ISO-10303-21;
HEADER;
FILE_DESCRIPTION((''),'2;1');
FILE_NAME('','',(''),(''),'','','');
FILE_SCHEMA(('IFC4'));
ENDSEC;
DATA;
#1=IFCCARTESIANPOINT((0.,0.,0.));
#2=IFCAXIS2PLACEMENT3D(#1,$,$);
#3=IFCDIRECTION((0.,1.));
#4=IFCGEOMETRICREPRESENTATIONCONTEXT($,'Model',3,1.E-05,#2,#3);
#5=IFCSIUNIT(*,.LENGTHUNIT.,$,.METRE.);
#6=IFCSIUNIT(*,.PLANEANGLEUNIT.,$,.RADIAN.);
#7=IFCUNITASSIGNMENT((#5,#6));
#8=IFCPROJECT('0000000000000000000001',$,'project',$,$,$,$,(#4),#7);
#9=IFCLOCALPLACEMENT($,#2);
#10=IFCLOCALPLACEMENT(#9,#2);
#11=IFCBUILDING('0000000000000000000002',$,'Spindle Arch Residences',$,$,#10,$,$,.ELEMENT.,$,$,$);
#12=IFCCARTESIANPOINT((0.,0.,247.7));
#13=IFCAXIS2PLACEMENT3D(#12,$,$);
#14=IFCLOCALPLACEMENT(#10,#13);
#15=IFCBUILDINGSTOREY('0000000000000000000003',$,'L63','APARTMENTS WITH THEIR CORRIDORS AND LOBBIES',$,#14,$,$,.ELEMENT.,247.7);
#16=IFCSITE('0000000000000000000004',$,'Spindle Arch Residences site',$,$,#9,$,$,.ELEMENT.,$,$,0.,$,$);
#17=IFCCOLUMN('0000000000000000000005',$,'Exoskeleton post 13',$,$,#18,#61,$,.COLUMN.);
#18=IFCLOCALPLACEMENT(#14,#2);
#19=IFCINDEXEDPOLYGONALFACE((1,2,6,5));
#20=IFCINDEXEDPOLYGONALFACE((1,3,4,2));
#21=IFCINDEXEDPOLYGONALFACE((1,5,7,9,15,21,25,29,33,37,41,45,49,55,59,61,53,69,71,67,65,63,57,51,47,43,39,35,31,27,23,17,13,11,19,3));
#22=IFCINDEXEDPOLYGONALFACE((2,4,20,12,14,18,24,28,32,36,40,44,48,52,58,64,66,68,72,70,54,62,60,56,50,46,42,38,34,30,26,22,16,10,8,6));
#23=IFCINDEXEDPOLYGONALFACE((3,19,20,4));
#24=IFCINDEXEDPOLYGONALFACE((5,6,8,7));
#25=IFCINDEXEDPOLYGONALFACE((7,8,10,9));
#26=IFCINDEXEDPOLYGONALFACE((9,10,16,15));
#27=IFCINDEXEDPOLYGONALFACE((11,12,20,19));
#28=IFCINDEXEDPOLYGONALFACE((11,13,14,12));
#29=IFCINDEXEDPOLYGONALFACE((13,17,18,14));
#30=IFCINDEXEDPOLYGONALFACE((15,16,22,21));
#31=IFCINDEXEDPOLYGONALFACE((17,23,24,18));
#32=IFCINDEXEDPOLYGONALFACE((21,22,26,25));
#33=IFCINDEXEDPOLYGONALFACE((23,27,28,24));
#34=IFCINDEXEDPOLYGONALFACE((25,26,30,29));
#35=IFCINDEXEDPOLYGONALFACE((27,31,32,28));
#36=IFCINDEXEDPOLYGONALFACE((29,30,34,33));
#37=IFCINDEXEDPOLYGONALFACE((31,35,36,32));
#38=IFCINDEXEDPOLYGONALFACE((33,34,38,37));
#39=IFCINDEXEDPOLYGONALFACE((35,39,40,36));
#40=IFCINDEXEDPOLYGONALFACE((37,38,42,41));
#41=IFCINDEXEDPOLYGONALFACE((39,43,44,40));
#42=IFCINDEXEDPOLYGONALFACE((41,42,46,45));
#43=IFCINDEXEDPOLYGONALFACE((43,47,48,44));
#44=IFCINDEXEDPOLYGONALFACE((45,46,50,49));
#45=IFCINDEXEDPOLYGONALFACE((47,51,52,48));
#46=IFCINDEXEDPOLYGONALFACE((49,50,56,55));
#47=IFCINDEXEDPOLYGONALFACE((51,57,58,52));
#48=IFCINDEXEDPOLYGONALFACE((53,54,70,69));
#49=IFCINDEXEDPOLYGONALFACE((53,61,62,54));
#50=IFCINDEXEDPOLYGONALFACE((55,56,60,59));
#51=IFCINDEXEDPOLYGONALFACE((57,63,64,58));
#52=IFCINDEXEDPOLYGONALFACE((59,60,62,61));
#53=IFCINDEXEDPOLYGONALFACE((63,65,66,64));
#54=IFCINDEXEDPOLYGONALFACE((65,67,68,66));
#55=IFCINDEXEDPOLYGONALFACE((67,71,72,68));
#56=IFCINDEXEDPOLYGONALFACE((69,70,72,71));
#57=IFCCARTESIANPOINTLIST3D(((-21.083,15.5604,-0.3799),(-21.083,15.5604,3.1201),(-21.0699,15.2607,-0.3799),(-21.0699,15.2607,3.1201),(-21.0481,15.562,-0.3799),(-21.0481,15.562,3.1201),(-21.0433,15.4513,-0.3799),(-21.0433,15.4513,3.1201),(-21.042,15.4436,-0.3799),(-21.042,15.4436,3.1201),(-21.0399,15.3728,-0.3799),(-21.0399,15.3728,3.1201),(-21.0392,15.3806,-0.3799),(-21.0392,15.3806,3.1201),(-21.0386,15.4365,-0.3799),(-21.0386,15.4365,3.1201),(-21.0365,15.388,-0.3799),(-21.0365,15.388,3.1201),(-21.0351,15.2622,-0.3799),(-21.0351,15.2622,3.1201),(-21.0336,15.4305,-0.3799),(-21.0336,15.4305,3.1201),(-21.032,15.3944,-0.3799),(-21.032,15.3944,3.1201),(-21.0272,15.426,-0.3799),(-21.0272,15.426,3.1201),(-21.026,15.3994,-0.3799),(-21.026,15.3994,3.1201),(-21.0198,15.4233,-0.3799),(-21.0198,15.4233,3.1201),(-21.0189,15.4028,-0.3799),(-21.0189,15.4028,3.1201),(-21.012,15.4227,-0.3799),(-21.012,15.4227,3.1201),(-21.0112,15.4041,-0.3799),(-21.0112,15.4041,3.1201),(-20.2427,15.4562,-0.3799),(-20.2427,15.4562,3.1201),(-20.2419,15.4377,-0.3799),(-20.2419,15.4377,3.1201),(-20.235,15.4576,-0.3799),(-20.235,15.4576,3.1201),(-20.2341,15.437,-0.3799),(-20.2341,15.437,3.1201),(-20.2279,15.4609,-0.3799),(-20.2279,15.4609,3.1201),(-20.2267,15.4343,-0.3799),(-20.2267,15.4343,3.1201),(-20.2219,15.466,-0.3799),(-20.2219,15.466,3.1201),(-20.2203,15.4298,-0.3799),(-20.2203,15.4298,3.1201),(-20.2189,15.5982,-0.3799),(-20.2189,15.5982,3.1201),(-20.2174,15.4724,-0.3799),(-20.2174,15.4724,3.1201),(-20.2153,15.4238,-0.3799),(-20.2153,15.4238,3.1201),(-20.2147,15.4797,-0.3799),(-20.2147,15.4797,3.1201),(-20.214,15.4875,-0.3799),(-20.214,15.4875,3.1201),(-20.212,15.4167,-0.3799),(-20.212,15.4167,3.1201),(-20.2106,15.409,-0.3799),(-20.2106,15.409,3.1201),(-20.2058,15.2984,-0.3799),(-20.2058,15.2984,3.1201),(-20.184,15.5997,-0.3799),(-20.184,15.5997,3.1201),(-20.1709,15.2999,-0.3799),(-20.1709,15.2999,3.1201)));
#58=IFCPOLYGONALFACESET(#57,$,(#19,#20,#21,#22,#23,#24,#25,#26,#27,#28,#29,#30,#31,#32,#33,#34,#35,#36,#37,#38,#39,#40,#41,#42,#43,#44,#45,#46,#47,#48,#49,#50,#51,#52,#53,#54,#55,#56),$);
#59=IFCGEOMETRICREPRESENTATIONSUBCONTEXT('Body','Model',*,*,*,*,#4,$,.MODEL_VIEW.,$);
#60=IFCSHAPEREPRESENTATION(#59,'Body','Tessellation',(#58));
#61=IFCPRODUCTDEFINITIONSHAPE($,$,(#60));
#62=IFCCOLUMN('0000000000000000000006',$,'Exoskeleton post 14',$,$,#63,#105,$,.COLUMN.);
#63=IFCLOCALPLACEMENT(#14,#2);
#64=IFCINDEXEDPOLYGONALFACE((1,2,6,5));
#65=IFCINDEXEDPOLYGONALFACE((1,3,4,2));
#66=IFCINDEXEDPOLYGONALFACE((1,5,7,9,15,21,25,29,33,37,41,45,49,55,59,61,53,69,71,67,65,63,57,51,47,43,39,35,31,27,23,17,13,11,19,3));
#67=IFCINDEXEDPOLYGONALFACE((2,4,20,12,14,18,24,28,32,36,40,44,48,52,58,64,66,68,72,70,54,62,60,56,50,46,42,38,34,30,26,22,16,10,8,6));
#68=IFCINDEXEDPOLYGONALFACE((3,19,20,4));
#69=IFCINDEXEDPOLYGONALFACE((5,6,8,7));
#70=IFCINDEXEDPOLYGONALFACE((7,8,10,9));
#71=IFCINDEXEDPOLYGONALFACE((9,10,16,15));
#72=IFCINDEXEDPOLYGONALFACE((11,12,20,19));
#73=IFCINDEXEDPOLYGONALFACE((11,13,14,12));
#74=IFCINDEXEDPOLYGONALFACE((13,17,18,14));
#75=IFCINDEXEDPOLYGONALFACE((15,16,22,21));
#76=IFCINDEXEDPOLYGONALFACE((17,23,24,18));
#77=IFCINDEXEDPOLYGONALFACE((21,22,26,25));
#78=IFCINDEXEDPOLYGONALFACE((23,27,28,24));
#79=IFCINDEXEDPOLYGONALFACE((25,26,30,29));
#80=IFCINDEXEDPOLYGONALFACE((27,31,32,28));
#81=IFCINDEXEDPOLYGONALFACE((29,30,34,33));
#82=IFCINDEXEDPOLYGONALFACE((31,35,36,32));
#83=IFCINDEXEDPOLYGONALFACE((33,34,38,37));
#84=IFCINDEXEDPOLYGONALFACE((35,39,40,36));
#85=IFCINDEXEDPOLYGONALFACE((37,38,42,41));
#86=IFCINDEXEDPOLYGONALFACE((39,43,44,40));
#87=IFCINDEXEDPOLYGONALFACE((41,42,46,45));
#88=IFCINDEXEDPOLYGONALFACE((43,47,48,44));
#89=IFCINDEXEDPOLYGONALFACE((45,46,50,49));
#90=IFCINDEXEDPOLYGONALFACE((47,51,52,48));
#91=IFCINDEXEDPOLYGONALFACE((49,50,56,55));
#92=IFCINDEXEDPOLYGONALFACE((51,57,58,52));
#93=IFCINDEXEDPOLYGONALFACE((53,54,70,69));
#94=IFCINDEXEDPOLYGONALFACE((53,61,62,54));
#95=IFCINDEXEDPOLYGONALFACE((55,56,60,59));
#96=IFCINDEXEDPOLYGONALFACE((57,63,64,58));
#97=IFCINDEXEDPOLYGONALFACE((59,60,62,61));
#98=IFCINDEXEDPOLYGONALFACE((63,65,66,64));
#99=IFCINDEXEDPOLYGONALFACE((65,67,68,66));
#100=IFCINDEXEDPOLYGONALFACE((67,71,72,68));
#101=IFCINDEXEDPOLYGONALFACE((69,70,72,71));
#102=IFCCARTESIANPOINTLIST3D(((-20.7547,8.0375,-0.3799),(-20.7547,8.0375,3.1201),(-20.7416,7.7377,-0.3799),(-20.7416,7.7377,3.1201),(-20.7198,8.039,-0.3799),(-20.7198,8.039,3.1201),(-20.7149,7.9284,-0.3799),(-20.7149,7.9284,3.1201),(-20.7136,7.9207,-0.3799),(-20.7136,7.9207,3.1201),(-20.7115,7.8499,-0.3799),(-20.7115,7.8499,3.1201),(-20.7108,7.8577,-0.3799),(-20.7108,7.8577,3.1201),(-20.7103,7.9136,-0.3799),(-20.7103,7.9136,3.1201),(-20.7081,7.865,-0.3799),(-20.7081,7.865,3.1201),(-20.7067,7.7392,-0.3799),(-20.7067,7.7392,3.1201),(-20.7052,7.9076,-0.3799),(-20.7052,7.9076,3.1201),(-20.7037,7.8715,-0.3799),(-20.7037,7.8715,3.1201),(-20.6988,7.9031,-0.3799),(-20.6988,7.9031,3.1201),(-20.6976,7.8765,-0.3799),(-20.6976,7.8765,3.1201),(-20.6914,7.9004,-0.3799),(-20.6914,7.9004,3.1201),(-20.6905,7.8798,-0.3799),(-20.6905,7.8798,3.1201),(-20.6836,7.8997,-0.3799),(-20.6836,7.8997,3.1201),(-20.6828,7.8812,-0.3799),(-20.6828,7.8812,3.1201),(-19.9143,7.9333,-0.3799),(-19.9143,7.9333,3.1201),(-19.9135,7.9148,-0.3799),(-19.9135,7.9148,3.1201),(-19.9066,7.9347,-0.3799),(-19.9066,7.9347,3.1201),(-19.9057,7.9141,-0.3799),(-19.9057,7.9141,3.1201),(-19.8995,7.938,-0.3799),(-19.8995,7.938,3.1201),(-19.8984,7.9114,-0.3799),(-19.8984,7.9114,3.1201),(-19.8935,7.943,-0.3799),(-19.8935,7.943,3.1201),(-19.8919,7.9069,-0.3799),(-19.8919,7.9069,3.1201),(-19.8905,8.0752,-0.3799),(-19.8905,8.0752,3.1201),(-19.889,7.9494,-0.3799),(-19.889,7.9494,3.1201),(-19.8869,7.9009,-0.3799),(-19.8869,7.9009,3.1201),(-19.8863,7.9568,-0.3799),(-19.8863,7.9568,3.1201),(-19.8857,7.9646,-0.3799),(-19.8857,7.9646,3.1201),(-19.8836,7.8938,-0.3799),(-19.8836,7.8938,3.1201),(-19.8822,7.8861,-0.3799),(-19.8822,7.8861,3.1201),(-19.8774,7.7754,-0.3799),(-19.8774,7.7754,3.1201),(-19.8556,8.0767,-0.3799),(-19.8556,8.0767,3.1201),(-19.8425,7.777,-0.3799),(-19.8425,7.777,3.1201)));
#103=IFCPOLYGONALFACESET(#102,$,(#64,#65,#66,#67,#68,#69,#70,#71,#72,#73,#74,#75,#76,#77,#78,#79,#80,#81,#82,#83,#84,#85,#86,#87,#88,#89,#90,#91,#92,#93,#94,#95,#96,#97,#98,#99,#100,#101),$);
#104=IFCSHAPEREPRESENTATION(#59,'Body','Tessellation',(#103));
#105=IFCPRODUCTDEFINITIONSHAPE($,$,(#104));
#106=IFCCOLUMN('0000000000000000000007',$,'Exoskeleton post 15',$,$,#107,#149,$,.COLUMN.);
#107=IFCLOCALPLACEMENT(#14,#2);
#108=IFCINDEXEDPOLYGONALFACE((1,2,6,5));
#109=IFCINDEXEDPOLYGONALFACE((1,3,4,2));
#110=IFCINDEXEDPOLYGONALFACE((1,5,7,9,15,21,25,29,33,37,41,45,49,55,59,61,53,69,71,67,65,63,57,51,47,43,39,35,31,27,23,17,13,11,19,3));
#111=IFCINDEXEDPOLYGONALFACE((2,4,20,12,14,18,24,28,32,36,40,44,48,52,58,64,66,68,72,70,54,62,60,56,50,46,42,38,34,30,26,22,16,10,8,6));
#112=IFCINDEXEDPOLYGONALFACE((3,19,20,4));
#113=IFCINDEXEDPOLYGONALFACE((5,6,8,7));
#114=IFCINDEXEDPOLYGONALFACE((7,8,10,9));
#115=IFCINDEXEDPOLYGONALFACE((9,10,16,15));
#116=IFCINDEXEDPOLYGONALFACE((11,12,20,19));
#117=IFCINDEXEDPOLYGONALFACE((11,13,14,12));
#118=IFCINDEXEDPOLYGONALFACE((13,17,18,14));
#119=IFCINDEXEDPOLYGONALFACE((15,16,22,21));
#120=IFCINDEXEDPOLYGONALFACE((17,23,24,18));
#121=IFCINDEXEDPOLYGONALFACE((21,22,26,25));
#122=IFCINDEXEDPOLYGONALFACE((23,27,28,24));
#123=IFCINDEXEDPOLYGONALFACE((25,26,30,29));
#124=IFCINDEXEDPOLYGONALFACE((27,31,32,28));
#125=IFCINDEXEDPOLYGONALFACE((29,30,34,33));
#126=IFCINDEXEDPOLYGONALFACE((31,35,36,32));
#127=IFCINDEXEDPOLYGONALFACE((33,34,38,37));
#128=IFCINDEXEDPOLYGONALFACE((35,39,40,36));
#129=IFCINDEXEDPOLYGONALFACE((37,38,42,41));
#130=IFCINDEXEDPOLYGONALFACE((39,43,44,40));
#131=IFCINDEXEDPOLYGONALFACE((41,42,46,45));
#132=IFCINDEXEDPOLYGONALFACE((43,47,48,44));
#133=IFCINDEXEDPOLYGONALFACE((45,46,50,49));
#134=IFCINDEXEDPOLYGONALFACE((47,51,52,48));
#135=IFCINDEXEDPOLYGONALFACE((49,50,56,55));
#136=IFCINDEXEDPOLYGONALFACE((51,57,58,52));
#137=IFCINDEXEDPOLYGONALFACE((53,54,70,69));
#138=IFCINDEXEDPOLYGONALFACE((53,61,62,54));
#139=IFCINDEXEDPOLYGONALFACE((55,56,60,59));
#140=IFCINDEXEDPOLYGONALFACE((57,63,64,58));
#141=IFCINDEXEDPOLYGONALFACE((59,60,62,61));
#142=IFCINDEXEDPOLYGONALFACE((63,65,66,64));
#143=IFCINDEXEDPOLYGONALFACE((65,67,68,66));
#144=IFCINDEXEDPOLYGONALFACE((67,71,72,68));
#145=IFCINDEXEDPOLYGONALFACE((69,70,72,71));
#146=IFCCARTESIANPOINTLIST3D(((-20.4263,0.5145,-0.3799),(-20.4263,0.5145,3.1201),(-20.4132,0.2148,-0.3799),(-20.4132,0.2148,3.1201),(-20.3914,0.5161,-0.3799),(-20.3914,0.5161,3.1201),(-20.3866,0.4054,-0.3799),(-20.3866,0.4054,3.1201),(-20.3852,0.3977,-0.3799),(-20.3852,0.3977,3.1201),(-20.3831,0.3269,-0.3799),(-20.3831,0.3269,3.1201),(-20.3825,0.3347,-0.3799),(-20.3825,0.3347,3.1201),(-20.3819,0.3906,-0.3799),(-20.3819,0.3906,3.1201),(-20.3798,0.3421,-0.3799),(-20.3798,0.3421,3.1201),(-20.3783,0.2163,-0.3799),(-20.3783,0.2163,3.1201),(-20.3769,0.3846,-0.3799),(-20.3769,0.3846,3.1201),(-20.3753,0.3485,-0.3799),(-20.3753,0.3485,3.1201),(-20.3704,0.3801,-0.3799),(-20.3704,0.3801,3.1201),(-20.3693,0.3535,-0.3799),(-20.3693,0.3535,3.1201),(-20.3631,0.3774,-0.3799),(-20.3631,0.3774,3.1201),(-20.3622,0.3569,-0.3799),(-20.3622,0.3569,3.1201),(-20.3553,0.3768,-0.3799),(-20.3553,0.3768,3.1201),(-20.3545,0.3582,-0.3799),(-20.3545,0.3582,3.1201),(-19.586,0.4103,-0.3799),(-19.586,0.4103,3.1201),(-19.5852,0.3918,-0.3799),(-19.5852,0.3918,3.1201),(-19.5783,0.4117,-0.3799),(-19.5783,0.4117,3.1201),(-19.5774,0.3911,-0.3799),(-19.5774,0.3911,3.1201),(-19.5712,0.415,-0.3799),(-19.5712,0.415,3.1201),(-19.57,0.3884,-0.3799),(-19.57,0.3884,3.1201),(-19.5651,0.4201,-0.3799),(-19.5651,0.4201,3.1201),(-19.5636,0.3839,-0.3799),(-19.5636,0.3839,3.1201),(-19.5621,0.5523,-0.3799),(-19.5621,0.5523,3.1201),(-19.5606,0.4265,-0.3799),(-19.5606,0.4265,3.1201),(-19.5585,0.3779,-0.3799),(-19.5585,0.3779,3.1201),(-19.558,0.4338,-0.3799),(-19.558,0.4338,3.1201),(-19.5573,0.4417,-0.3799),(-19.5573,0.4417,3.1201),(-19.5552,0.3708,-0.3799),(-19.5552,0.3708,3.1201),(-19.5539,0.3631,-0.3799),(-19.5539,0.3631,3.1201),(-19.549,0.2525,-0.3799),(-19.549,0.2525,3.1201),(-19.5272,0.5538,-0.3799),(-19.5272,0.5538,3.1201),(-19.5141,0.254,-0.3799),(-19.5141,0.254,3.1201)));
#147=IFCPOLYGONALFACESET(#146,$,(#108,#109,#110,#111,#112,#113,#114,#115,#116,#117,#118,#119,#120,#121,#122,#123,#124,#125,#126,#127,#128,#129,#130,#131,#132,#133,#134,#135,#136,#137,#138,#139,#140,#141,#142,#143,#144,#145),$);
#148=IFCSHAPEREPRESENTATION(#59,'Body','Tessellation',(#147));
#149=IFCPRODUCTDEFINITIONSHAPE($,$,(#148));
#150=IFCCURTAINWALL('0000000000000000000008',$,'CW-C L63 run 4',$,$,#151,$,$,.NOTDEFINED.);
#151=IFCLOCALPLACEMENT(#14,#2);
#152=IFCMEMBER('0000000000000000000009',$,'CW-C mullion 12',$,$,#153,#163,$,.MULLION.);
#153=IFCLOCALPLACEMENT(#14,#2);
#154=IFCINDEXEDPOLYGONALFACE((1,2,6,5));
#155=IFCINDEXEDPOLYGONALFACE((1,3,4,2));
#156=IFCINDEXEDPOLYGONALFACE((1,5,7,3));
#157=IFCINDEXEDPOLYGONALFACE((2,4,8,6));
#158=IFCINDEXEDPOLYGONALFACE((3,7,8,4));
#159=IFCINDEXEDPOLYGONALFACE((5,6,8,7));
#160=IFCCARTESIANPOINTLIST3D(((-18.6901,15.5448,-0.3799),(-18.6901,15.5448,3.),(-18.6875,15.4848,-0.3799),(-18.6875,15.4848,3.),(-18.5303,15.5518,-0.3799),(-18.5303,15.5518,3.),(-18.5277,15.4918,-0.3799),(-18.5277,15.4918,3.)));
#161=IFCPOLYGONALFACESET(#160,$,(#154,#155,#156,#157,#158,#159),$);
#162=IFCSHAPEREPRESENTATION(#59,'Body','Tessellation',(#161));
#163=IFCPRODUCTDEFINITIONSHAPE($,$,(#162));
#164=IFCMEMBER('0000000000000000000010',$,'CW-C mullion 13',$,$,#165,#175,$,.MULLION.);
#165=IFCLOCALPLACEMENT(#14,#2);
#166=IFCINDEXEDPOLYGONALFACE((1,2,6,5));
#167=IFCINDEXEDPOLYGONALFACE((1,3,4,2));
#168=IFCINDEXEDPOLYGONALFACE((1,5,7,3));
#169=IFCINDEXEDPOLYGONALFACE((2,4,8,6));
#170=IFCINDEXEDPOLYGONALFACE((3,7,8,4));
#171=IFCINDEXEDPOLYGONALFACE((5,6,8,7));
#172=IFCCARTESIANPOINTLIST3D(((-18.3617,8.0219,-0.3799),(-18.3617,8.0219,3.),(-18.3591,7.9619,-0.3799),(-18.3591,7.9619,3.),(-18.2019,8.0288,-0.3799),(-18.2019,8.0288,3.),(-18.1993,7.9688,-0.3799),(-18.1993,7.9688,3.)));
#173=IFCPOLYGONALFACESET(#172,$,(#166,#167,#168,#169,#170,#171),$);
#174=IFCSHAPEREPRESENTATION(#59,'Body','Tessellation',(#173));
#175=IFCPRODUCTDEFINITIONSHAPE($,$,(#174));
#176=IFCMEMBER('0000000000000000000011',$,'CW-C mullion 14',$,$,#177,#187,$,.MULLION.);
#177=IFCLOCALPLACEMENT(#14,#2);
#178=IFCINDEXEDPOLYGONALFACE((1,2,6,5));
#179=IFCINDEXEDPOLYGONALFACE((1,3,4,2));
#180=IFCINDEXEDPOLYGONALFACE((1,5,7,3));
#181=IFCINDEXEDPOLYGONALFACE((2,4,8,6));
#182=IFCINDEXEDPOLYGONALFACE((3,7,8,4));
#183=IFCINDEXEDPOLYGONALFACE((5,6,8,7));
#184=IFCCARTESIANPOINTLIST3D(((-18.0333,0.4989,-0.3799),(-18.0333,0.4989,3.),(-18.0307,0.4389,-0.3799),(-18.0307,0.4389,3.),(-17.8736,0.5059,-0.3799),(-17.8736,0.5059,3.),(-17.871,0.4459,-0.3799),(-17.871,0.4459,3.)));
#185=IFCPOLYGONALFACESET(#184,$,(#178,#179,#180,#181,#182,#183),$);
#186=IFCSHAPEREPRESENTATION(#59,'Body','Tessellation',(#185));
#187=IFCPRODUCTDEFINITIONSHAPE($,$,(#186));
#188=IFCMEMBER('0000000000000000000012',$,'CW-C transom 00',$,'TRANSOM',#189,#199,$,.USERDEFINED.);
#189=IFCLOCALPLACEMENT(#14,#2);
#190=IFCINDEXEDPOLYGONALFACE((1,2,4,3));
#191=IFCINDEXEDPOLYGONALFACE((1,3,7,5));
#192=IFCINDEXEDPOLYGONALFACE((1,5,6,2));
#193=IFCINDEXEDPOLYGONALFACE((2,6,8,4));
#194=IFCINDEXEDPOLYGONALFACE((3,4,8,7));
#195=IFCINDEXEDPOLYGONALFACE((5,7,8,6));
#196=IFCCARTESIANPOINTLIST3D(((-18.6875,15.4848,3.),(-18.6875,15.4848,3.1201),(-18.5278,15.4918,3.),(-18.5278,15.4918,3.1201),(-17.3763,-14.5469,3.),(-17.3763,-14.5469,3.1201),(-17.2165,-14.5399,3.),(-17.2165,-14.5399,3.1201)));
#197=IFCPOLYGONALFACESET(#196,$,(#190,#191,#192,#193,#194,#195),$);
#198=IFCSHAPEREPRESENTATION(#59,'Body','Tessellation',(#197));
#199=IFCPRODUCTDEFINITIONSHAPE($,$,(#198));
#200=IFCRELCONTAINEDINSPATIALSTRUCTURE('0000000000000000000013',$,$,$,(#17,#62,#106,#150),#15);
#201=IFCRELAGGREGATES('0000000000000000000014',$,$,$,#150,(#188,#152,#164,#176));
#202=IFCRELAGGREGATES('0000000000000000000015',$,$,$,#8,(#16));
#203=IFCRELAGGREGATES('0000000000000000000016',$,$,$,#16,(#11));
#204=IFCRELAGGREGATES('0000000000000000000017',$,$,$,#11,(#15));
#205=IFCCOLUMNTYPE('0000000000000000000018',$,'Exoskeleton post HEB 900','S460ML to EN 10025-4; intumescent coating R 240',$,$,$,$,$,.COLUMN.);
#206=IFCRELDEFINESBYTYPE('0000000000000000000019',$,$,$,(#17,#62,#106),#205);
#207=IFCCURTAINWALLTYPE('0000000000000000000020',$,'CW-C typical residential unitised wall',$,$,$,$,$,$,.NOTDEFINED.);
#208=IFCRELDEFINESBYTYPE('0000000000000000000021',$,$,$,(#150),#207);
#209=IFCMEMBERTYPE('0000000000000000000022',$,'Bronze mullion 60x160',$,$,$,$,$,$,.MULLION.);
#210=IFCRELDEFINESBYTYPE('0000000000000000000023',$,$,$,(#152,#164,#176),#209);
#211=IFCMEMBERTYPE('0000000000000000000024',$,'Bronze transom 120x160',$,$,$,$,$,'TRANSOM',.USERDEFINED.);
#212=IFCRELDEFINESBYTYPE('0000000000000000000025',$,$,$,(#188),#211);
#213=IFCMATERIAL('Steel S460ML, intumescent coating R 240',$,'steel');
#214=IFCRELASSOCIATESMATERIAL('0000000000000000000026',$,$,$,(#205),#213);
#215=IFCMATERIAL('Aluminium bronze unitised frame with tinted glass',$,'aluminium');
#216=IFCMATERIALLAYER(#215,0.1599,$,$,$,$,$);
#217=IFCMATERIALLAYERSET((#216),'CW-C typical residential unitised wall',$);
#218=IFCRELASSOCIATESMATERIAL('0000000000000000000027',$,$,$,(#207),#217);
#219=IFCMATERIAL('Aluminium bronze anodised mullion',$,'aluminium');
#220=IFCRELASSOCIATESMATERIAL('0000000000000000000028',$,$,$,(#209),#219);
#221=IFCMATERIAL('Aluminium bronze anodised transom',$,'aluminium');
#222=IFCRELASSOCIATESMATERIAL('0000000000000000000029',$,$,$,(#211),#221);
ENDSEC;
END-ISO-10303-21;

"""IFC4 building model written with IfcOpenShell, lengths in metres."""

from ifc_helpers import new_model, si_unit, direction, frame, origin, origin_2d, place, context, subcontext, project, spatial, rectangle, i_section, extrude, material, layer, layer_set, material_profile, profile_set, type_object, element, aggregate, save


model = new_model("IFC4")

# Units and contexts
model_context = context("Model", 3, precision=1e-05, world=origin(), true_north=direction((0.0, 1.0)))
body_context = subcontext(model_context, "Body", "Model", "MODEL_VIEW")
ifc_project = project(units=[si_unit("LENGTHUNIT", "METRE"), si_unit("PLANEANGLEUNIT", "RADIAN")], contexts=[model_context])

# Site, building, storey
site_placement = place(None, origin())
site = spatial("IfcSite", under=ifc_project, at=site_placement, Name="Spindle Arch Residences site", CompositionType="ELEMENT", RefElevation=0.0)
building_placement = place(site_placement, origin())
building = spatial("IfcBuilding", under=site, at=building_placement, Name="Spindle Arch Residences", CompositionType="ELEMENT")
storey_placement = place(building_placement, frame((0.0, 0.0, 247.7)))
storey = spatial("IfcBuildingStorey", under=building, at=storey_placement, Name="L63", Description="APARTMENTS WITH THEIR CORRIDORS AND LOBBIES", CompositionType="ELEMENT", Elevation=247.7)

# Columns
ifc_material_1 = material(Name="Steel S460ML, intumescent coating R 240", Category="steel")
ifc_material_profile_1 = material_profile(ifc_material_1, i_section(OverallWidth=0.3, OverallDepth=0.8999, WebThickness=0.0186, FlangeThickness=0.0349, FilletRadius=0.03, at=origin_2d()), Name="HEB 900")
ifc_profile_set_1 = profile_set([ifc_material_profile_1], Name="Steel S460ML, intumescent coating R 240")
column_type = type_object("IfcColumnType", Name="Exoskeleton post HEB 900", Description="S460ML to EN 10025-4; intumescent coating R 240", PredefinedType="COLUMN", material=ifc_profile_set_1)
for number, where, z_axis, x_axis, name in (
    (1, (-20.627, 15.4302, -0.3799), (0.0, 0.0, 1.0), (-0.043619, 0.999048, 0.0), "Exoskeleton post 13"),
    (2, (-20.2986, 7.9072, -0.3799), (0.0, 0.0, 1.0), (-0.043619, 0.999048, 0.0), "Exoskeleton post 14"),
    (3, (-19.9702, 0.3843, -0.3799), (0.0, 0.0, 1.0), (-0.043619, 0.999048, 0.0), "Exoskeleton post 15"),
):
    element("IfcColumn", number, at=place(storey_placement, frame(where, z_axis=z_axis, x_axis=x_axis)), inside=storey, type_object=column_type, Name=name, PredefinedType="COLUMN", context=body_context, shape_type="SweptSolid", body=[
        extrude(i_section(OverallWidth=0.3, OverallDepth=0.8999, WebThickness=0.0186, FlangeThickness=0.0349, FilletRadius=0.03, at=origin_2d()), origin(), (0.0, 0.0, 1.0), 3.5),
    ])

# Curtain wall, members
ifc_material_2 = material(Name="Aluminium bronze unitised frame with tinted glass", Category="aluminium")
ifc_layer_1 = layer(ifc_material_2, 0.1599)
ifc_layer_set_1 = layer_set([ifc_layer_1], Name="CW-C typical residential unitised wall")
curtain_wall_type = type_object("IfcCurtainWallType", Name="CW-C typical residential unitised wall", PredefinedType="NOTDEFINED", material=ifc_layer_set_1)
curtain_wall_placement = place(storey_placement, origin())
curtain_wall = element("IfcCurtainWall", 4, at=curtain_wall_placement, inside=storey, type_object=curtain_wall_type, Name="CW-C L63 run 4", PredefinedType="NOTDEFINED")
ifc_material_3 = material(Name="Aluminium bronze anodised mullion", Category="aluminium")
ifc_material_profile_2 = material_profile(ifc_material_3, rectangle(XDim=0.1599, YDim=0.0601, at=origin_2d()), Name="MU 60x160")
ifc_profile_set_2 = profile_set([ifc_material_profile_2], Name="Aluminium bronze anodised mullion")
member_type_1 = type_object("IfcMemberType", Name="Bronze mullion 60x160", PredefinedType="MULLION", material=ifc_profile_set_2)
member_1_placement = place(storey_placement, frame((-18.6089, 15.5183, -0.3799), z_axis=(0.0, 0.0, 1.0), x_axis=(0.999048, 0.043619, 0.0)))
member_1 = element("IfcMember", 5, at=member_1_placement, type_object=member_type_1, Name="CW-C mullion 12", PredefinedType="MULLION", context=body_context, shape_type="SweptSolid", body=[
    extrude(rectangle(XDim=0.1599, YDim=0.0601, at=origin_2d()), origin(), (0.0, 0.0, 1.0), 3.3799),
])
member_2_placement = place(storey_placement, frame((-18.2805, 7.9954, -0.3799), z_axis=(0.0, 0.0, 1.0), x_axis=(0.999048, 0.043619, 0.0)))
member_2 = element("IfcMember", 6, at=member_2_placement, type_object=member_type_1, Name="CW-C mullion 13", PredefinedType="MULLION", context=body_context, shape_type="SweptSolid", body=[
    extrude(rectangle(XDim=0.1599, YDim=0.0601, at=origin_2d()), origin(), (0.0, 0.0, 1.0), 3.3799),
])
member_3_placement = place(storey_placement, frame((-17.9521, 0.4724, -0.3799), z_axis=(0.0, 0.0, 1.0), x_axis=(0.999048, 0.043619, 0.0)))
member_3 = element("IfcMember", 7, at=member_3_placement, type_object=member_type_1, Name="CW-C mullion 14", PredefinedType="MULLION", context=body_context, shape_type="SweptSolid", body=[
    extrude(rectangle(XDim=0.1599, YDim=0.0601, at=origin_2d()), origin(), (0.0, 0.0, 1.0), 3.3799),
])
ifc_material_4 = material(Name="Aluminium bronze anodised transom", Category="aluminium")
ifc_material_profile_3 = material_profile(ifc_material_4, rectangle(XDim=0.1599, YDim=0.1201, at=origin_2d()), Name="TR 120x160")
ifc_profile_set_3 = profile_set([ifc_material_profile_3], Name="Aluminium bronze anodised transom")
member_type_2 = type_object("IfcMemberType", Name="Bronze transom 120x160", ElementType="TRANSOM", PredefinedType="USERDEFINED", material=ifc_profile_set_3)
member_4_placement = place(storey_placement, frame((-18.6077, 15.4883, 3.0601), z_axis=(0.043622, -0.999048, 0.0), x_axis=(0.999048, 0.043622, 0.0)))
member_4 = element("IfcMember", 8, at=member_4_placement, type_object=member_type_2, Name="CW-C transom 00", ObjectType="TRANSOM", PredefinedType="USERDEFINED", context=body_context, shape_type="SweptSolid", body=[
    extrude(rectangle(XDim=0.1599, YDim=0.1201, at=origin_2d()), origin(), (0.0, 0.0, 1.0), 30.0603),
])

aggregate(curtain_wall, [member_4, member_1, member_2, member_3])

save(model, "model.ifc")
